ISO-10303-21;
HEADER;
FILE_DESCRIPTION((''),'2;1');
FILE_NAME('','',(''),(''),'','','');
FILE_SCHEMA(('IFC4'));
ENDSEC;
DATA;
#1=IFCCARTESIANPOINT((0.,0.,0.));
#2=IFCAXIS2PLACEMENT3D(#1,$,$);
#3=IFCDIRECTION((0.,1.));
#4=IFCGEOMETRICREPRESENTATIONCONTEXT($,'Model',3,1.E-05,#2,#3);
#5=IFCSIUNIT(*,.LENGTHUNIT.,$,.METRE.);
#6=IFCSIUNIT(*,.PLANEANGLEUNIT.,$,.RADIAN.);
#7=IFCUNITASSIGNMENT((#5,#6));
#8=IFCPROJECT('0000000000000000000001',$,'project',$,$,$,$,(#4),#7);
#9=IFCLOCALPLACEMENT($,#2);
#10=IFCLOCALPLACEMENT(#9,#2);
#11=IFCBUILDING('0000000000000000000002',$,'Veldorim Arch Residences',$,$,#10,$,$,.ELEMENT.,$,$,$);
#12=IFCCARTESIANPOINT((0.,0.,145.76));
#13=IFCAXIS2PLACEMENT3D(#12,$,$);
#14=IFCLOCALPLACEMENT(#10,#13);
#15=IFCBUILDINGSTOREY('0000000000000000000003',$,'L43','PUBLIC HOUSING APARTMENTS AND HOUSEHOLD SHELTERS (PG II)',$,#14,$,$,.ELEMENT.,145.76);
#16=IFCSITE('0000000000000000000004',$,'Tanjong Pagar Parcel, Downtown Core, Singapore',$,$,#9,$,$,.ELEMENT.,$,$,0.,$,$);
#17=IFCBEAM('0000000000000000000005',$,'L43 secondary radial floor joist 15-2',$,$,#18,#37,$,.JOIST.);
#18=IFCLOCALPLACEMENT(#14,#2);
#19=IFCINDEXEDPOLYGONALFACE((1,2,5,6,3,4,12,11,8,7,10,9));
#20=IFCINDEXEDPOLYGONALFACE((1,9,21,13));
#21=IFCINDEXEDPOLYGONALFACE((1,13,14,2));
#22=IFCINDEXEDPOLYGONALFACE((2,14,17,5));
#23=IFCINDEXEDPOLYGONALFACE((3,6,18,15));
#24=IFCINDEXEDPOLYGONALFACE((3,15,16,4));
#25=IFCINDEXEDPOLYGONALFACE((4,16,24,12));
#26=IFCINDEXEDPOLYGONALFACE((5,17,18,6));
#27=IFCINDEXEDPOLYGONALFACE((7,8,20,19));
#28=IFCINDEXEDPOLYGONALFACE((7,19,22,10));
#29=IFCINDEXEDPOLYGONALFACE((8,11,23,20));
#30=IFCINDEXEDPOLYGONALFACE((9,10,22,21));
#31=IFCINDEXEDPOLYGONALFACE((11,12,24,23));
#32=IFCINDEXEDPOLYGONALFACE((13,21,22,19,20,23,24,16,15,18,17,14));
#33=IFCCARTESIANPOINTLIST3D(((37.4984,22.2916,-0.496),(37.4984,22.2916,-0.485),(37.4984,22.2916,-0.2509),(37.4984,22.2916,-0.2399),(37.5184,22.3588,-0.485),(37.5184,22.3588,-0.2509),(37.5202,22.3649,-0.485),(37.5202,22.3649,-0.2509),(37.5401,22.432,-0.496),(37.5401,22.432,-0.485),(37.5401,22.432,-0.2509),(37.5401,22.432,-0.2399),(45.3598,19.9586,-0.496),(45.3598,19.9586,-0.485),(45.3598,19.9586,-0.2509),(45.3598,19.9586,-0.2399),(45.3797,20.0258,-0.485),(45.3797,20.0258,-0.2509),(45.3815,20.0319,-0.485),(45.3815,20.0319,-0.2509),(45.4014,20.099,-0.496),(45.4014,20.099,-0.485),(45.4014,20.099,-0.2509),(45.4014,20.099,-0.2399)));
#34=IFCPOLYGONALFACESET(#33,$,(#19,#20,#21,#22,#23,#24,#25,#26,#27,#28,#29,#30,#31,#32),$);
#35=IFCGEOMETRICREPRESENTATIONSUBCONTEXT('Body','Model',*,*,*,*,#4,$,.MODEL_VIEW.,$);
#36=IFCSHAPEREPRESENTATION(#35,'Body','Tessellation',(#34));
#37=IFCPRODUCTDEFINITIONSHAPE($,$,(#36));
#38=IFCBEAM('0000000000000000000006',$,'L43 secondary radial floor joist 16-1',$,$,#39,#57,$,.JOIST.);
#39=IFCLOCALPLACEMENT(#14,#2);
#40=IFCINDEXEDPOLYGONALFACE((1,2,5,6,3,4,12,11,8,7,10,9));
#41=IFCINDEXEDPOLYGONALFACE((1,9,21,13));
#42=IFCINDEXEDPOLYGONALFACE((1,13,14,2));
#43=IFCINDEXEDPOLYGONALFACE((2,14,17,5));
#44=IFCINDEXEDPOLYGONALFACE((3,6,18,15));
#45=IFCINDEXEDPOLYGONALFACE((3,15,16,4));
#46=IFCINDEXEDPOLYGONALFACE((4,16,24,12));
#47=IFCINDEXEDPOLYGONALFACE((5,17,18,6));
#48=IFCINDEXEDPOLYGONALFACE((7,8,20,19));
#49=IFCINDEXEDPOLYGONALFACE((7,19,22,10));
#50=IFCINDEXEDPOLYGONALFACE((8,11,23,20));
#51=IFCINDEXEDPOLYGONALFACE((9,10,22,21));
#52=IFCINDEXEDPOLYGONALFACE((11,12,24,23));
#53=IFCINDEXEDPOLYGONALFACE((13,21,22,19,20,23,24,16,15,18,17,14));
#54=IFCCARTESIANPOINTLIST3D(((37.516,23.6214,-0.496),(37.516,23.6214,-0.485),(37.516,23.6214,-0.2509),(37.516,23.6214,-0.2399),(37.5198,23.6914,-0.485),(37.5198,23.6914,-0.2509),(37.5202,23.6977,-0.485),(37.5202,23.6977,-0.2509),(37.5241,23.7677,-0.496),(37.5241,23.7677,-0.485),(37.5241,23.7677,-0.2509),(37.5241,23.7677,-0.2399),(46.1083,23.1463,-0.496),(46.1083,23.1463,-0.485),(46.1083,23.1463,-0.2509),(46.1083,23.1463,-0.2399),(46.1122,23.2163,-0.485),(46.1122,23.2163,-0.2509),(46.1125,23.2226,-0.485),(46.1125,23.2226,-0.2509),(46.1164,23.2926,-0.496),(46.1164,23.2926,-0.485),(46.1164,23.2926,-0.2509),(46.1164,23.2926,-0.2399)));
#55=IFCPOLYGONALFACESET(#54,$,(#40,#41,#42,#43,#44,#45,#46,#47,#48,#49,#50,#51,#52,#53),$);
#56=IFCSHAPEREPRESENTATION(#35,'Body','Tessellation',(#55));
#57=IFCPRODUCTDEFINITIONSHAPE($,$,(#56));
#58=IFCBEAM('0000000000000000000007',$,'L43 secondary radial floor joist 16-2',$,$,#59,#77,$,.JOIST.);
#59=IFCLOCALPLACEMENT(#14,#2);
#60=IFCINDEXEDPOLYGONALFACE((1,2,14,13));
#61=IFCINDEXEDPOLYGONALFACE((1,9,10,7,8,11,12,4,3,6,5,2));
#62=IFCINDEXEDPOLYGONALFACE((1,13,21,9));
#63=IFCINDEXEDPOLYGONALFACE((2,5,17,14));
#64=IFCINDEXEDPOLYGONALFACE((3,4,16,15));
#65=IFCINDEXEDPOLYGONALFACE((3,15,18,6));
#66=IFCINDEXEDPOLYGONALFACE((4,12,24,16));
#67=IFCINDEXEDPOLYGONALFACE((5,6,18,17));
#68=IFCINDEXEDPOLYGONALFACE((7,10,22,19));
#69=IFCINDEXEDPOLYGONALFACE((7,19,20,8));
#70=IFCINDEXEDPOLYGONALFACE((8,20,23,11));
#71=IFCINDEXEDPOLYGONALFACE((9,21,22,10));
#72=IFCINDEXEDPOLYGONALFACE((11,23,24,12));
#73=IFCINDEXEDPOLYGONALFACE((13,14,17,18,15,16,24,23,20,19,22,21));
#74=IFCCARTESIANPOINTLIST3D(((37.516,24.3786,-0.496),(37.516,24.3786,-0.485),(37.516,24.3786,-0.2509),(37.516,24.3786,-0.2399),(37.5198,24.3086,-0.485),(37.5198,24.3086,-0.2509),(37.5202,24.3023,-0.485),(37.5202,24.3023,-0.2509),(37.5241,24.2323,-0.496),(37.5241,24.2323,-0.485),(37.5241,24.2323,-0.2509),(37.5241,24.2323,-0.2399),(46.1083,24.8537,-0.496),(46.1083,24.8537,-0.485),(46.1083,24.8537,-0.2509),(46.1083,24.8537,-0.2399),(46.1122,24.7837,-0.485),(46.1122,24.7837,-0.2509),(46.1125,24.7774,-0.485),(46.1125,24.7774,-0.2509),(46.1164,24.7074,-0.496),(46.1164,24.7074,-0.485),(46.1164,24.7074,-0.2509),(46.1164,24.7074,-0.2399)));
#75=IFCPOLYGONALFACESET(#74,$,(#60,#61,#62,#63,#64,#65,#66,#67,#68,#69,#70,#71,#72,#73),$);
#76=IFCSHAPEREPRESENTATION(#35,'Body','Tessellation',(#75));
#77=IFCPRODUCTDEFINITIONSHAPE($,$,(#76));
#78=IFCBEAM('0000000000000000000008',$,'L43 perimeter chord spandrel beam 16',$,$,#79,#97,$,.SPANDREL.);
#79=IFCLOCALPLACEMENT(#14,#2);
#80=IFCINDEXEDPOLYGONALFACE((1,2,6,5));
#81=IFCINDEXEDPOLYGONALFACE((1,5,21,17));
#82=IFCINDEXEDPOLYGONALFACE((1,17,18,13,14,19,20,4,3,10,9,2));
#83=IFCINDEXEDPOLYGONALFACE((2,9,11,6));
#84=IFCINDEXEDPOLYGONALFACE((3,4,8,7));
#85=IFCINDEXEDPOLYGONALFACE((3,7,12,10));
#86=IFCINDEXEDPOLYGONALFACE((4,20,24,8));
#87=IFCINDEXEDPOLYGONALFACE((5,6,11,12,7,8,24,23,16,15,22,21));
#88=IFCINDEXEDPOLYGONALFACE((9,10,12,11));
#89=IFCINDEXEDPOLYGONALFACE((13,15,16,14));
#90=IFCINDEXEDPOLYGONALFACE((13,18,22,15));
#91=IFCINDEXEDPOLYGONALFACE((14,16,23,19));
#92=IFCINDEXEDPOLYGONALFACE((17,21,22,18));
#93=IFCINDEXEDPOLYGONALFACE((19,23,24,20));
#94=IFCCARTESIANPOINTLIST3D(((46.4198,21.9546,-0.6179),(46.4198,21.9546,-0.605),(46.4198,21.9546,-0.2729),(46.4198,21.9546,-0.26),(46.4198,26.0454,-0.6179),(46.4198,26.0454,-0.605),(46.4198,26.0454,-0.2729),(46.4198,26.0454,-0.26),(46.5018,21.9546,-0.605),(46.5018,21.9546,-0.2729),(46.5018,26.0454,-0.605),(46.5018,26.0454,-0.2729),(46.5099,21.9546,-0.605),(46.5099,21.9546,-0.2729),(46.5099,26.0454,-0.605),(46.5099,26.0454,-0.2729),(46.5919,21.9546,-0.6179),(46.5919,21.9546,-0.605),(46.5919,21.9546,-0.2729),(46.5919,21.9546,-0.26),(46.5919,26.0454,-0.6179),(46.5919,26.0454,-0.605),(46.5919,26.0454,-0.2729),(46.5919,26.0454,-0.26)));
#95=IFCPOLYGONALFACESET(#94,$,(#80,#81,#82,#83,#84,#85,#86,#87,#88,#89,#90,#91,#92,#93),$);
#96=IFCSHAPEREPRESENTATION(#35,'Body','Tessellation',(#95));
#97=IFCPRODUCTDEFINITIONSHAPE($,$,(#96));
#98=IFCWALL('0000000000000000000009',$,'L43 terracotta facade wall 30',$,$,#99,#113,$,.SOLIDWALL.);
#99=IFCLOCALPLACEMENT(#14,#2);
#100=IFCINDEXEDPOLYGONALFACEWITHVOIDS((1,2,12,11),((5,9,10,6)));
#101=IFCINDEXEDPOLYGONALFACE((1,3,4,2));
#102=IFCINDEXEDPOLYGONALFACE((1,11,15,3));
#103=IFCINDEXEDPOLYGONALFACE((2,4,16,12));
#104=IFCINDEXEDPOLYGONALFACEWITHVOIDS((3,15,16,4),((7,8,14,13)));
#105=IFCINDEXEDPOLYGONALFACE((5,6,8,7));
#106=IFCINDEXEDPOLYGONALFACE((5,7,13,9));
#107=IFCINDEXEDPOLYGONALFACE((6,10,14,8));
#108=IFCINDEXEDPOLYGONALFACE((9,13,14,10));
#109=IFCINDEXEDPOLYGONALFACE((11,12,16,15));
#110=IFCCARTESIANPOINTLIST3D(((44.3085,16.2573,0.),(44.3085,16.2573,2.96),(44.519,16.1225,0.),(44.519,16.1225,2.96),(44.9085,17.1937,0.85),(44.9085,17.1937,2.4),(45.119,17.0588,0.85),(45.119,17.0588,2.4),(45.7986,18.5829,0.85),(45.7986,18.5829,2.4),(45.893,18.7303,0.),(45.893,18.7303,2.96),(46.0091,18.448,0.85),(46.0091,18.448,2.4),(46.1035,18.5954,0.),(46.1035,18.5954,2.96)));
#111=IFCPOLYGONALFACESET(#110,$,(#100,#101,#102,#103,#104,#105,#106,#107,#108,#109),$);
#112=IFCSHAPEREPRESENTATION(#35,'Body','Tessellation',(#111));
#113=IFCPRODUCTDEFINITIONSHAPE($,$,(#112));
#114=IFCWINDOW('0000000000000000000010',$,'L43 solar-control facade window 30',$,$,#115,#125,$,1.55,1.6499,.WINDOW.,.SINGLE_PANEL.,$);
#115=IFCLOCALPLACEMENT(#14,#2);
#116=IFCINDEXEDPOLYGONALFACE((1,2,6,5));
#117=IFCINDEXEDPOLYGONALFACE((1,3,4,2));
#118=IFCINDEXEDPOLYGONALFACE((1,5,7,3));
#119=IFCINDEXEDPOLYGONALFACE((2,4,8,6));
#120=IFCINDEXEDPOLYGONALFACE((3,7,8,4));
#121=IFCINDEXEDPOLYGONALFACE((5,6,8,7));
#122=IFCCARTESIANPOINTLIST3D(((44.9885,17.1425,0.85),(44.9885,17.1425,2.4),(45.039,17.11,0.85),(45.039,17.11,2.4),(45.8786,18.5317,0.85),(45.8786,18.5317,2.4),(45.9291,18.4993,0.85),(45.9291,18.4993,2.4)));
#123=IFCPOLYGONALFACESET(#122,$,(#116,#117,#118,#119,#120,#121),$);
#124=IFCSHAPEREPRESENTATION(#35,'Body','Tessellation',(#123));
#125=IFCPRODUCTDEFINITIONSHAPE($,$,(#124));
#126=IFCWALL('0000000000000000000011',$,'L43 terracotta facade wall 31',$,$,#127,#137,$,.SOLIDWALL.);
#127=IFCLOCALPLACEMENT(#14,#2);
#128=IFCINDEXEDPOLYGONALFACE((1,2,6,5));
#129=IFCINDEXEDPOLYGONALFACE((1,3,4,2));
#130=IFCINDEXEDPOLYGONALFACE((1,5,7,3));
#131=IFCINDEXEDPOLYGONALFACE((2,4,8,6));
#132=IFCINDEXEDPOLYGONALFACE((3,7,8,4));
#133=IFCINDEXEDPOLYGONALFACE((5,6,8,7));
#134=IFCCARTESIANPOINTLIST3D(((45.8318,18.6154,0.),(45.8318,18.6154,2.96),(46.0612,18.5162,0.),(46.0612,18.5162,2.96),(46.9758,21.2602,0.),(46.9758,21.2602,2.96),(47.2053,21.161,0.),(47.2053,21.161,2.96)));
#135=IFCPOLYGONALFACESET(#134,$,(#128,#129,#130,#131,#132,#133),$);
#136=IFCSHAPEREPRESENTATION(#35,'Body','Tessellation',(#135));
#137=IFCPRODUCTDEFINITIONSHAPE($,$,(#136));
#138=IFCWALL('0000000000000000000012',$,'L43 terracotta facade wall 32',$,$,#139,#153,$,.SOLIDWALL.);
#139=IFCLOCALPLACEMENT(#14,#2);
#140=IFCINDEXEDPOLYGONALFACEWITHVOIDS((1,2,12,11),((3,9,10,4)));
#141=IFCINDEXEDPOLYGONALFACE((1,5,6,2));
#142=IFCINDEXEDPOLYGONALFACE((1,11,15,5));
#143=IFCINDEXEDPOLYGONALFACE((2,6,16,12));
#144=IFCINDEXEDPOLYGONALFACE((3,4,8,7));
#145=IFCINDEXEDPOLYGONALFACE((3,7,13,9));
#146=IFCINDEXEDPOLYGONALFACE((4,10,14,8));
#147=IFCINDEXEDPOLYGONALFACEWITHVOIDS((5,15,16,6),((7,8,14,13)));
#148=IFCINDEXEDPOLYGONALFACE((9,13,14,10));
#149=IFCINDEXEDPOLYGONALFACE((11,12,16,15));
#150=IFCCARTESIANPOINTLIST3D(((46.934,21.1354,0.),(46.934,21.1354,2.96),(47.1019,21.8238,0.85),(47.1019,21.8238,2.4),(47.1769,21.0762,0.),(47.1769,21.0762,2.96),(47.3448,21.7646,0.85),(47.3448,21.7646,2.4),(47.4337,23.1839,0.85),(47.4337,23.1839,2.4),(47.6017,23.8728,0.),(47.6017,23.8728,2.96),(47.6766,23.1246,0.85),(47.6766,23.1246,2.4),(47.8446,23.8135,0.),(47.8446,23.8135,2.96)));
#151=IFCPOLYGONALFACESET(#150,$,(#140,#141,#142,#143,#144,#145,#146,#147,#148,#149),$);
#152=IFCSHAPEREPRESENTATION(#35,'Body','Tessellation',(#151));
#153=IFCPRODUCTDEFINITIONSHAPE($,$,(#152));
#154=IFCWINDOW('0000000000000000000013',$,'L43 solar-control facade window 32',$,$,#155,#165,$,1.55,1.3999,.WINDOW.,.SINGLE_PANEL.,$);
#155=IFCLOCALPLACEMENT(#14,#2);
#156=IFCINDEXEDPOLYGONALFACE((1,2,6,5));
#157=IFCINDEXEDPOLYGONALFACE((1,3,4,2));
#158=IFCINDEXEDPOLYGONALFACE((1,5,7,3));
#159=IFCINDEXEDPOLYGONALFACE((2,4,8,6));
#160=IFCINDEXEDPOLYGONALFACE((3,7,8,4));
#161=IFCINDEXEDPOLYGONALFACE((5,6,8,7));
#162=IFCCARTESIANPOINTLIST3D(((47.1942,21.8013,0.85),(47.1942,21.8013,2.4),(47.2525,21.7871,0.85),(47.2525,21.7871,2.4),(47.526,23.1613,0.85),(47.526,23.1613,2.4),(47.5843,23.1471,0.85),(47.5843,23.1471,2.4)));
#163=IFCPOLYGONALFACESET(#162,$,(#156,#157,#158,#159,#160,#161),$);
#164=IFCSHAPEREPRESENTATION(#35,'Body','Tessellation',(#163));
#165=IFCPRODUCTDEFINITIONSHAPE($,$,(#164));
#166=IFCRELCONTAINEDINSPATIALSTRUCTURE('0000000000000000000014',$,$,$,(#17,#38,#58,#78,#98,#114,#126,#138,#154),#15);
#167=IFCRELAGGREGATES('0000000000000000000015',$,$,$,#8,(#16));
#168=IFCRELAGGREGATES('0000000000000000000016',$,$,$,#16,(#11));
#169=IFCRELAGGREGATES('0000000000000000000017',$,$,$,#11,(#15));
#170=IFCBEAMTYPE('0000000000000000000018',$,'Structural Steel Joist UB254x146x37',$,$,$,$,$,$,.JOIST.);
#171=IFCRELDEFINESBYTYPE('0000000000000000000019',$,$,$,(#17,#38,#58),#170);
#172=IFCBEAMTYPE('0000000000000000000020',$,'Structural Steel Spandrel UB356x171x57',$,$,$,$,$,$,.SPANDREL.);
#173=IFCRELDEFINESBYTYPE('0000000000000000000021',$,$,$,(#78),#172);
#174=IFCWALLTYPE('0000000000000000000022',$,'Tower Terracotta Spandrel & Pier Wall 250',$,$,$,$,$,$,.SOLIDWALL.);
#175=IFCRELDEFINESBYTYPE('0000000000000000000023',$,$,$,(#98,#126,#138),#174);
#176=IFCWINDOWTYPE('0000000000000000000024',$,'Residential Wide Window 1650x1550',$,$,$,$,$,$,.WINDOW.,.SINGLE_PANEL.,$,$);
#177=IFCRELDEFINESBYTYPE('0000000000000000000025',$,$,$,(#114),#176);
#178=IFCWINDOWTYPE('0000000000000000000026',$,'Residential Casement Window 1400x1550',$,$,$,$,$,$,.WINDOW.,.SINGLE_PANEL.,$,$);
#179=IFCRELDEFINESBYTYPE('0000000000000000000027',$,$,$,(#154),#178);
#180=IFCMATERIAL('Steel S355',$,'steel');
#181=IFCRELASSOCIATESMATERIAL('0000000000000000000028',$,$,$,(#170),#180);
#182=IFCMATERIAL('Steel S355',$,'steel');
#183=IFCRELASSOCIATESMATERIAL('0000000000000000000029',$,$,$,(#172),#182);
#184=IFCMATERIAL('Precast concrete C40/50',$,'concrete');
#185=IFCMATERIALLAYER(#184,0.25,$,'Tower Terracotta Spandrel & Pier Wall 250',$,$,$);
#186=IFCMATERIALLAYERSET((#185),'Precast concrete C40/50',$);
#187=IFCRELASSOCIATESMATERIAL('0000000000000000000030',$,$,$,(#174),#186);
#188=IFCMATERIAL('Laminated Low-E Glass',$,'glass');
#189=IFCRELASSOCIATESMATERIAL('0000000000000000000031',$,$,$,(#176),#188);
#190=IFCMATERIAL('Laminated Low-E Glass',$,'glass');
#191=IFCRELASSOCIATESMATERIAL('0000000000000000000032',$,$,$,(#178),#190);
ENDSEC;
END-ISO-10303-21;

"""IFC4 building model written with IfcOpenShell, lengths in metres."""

from ifc_helpers import new_model, si_unit, direction, frame, frame_2d, origin, origin_2d, place, context, subcontext, project, spatial, rectangle, i_section, extrude, material, layer, layer_set, material_profile, profile_set, type_object, element, fill, save


model = new_model("IFC4")

# Units and contexts
model_context = context("Model", 3, precision=1e-05, world=origin(), true_north=direction((0.0, 1.0)))
body_context = subcontext(model_context, "Body", "Model", "MODEL_VIEW")
ifc_project = project(units=[si_unit("LENGTHUNIT", "METRE"), si_unit("PLANEANGLEUNIT", "RADIAN")], contexts=[model_context])

# Site, building, storey
site_placement = place(None, origin())
site = spatial("IfcSite", under=ifc_project, at=site_placement, Name="Tanjong Pagar Parcel, Downtown Core, Singapore", CompositionType="ELEMENT", RefElevation=0.0)
building_placement = place(site_placement, origin())
building = spatial("IfcBuilding", under=site, at=building_placement, Name="Veldorim Arch Residences", CompositionType="ELEMENT")
storey_placement = place(building_placement, frame((0.0, 0.0, 145.76)))
storey = spatial("IfcBuildingStorey", under=building, at=storey_placement, Name="L43", Description="PUBLIC HOUSING APARTMENTS AND HOUSEHOLD SHELTERS (PG II)", CompositionType="ELEMENT", Elevation=145.76)

# Beams
ifc_material_1 = material(Name="Steel S355", Category="steel")
ifc_material_profile_1 = material_profile(ifc_material_1, i_section(OverallWidth=0.1465, OverallDepth=0.2561, WebThickness=0.0063, FlangeThickness=0.011, at=origin_2d()), Name="UB254x146x37")
ifc_profile_set_1 = profile_set([ifc_material_profile_1], Name="Steel S355")
beam_type_1 = type_object("IfcBeamType", Name="Structural Steel Joist UB254x146x37", PredefinedType="JOIST", material=ifc_profile_set_1)
beam_1_placement = place(storey_placement, frame((37.5193, 22.3618, -0.3679), z_axis=(0.958674, -0.284506, 0.0), x_axis=(0.284506, 0.958674, 0.0)))
element("IfcBeam", 1, at=beam_1_placement, inside=storey, type_object=beam_type_1, Name="L43 secondary radial floor joist 15-2", PredefinedType="JOIST", context=body_context, shape_type="SweptSolid", body=[
    extrude(i_section(OverallWidth=0.1465, OverallDepth=0.2561, WebThickness=0.0063, FlangeThickness=0.011, at=origin_2d()), origin(), (0.0, 0.0, 1.0), 8.2002),
])
for number, where, z_axis, x_axis, name in (
    (2, (37.52, 23.6946, -0.3679), (0.998475, -0.055209, 0.0), (0.055209, 0.998475, 0.0), "L43 secondary radial floor joist 16-1"),
    (3, (37.52, 24.3054, -0.3679), (0.998475, 0.055209, 0.0), (-0.055209, 0.998475, 0.0), "L43 secondary radial floor joist 16-2"),
):
    element("IfcBeam", number, at=place(storey_placement, frame(where, z_axis=z_axis, x_axis=x_axis)), inside=storey, type_object=beam_type_1, Name=name, PredefinedType="JOIST", context=body_context, shape_type="SweptSolid", body=[
        extrude(i_section(OverallWidth=0.1465, OverallDepth=0.2561, WebThickness=0.0063, FlangeThickness=0.011, at=origin_2d()), origin(), (0.0, 0.0, 1.0), 8.6055),
    ])
ifc_material_2 = material(Name="Steel S355", Category="steel")
ifc_material_profile_2 = material_profile(ifc_material_2, i_section(OverallWidth=0.1721, OverallDepth=0.3579, WebThickness=0.0081, FlangeThickness=0.0129, at=origin_2d()), Name="UB356x171x57")
ifc_profile_set_2 = profile_set([ifc_material_profile_2], Name="Steel S355")
beam_type_2 = type_object("IfcBeamType", Name="Structural Steel Spandrel UB356x171x57", PredefinedType="SPANDREL", material=ifc_profile_set_2)
beam_2_placement = place(storey_placement, frame((46.5059, 21.9546, -0.439), z_axis=(0.0, 1.0, 0.0), x_axis=(-1.0, 0.0, 0.0)))
element("IfcBeam", 4, at=beam_2_placement, inside=storey, type_object=beam_type_2, Name="L43 perimeter chord spandrel beam 16", PredefinedType="SPANDREL", context=body_context, shape_type="SweptSolid", body=[
    extrude(i_section(OverallWidth=0.1721, OverallDepth=0.3579, WebThickness=0.0081, FlangeThickness=0.0129, at=origin_2d()), origin(), (0.0, 0.0, 1.0), 4.0908),
])

# Wall, opening, window
ifc_material_3 = material(Name="Precast concrete C40/50", Category="concrete")
ifc_layer_1 = layer(ifc_material_3, 0.25, Name="Tower Terracotta Spandrel & Pier Wall 250")
ifc_layer_set_1 = layer_set([ifc_layer_1], Name="Precast concrete C40/50")
wall_type_1 = type_object("IfcWallType", Name="Tower Terracotta Spandrel & Pier Wall 250", PredefinedType="SOLIDWALL", material=ifc_layer_set_1)
wall_1_placement = place(storey_placement, frame((45.9983, 18.6628, 0.0), z_axis=(0.0, 0.0, 1.0), x_axis=(-0.539492, -0.84199, 0.0)))
wall_1 = element("IfcWall", 5, at=wall_1_placement, inside=storey, type_object=wall_type_1, Name="L43 terracotta facade wall 30", PredefinedType="SOLIDWALL", context=body_context, shape_type="SweptSolid", body=[
    extrude(rectangle(XDim=2.937, YDim=0.25, at=frame_2d((1.4685, 0.0))), origin(), (0.0, 0.0, 1.0), 2.96),
])
opening_1_placement = place(wall_1_placement, frame((0.175, 0.0, 0.8501)))
opening_1 = element("IfcOpeningElement", 6, at=opening_1_placement, cuts=wall_1, PredefinedType="OPENING", context=body_context, shape_type="SweptSolid", body=[
    extrude(rectangle(XDim=1.6499, YDim=1.55, at=frame_2d((0.825, 0.7749))), frame((0.0, 0.135, 0.0), z_axis=(0.0, -1.0, 0.0), x_axis=(1.0, 0.0, 0.0)), (0.0, 0.0, 1.0), 0.27),
])
ifc_material_4 = material(Name="Laminated Low-E Glass", Category="glass")
window_type_1 = type_object("IfcWindowType", Name="Residential Wide Window 1650x1550", PartitioningType="SINGLE_PANEL", PredefinedType="WINDOW", material=ifc_material_4)
window_1_placement = place(opening_1_placement, origin())
window_1 = element("IfcWindow", 7, at=window_1_placement, inside=storey, type_object=window_type_1, Name="L43 solar-control facade window 30", OverallHeight=1.55, OverallWidth=1.6499, PartitioningType="SINGLE_PANEL", PredefinedType="WINDOW", context=body_context, shape_type="SweptSolid", body=[
    extrude(rectangle(XDim=1.6499, YDim=1.55, at=frame_2d((0.825, 0.7749))), frame((0.0, 0.03, 0.0), z_axis=(0.0, -1.0, 0.0), x_axis=(1.0, 0.0, 0.0)), (0.0, 0.0, 1.0), 0.0601),
])
fill(opening_1, window_1)

# Wall
wall_2_placement = place(storey_placement, frame((47.0906, 21.2107, 0.0), z_axis=(0.0, 0.0, 1.0), x_axis=(-0.397015, -0.917812, 0.0)))
element("IfcWall", 8, at=wall_2_placement, inside=storey, type_object=wall_type_1, Name="L43 terracotta facade wall 31", PredefinedType="SOLIDWALL", context=body_context, shape_type="SweptSolid", body=[
    extrude(rectangle(XDim=2.8816, YDim=0.25, at=frame_2d((1.4409, 0.0))), origin(), (0.0, 0.0, 1.0), 2.96),
])

# Wall, opening, window
wall_3_placement = place(storey_placement, frame((47.7231, 23.843, 0.0), z_axis=(0.0, 0.0, 1.0), x_axis=(-0.236986, -0.971513, 0.0)))
wall_3 = element("IfcWall", 9, at=wall_3_placement, inside=storey, type_object=wall_type_1, Name="L43 terracotta facade wall 32", PredefinedType="SOLIDWALL", context=body_context, shape_type="SweptSolid", body=[
    extrude(rectangle(XDim=2.8176, YDim=0.25, at=frame_2d((1.4087, 0.0))), origin(), (0.0, 0.0, 1.0), 2.96),
])
opening_2_placement = place(wall_3_placement, frame((0.709, 0.0, 0.8501)))
opening_2 = element("IfcOpeningElement", 10, at=opening_2_placement, cuts=wall_3, PredefinedType="OPENING", context=body_context, shape_type="SweptSolid", body=[
    extrude(rectangle(XDim=1.3999, YDim=1.55, at=frame_2d((0.7, 0.7749))), frame((0.0, 0.135, 0.0), z_axis=(0.0, -1.0, 0.0), x_axis=(1.0, 0.0, 0.0)), (0.0, 0.0, 1.0), 0.27),
])
ifc_material_5 = material(Name="Laminated Low-E Glass", Category="glass")
window_type_2 = type_object("IfcWindowType", Name="Residential Casement Window 1400x1550", PartitioningType="SINGLE_PANEL", PredefinedType="WINDOW", material=ifc_material_5)
window_2_placement = place(opening_2_placement, origin())
window_2 = element("IfcWindow", 11, at=window_2_placement, inside=storey, type_object=window_type_2, Name="L43 solar-control facade window 32", OverallHeight=1.55, OverallWidth=1.3999, PartitioningType="SINGLE_PANEL", PredefinedType="WINDOW", context=body_context, shape_type="SweptSolid", body=[
    extrude(rectangle(XDim=1.3999, YDim=1.55, at=frame_2d((0.7, 0.7749))), frame((0.0, 0.03, 0.0), z_axis=(0.0, -1.0, 0.0), x_axis=(1.0, 0.0, 0.0)), (0.0, 0.0, 1.0), 0.0601),
])
fill(opening_2, window_2)

save(model, "model.ifc")
